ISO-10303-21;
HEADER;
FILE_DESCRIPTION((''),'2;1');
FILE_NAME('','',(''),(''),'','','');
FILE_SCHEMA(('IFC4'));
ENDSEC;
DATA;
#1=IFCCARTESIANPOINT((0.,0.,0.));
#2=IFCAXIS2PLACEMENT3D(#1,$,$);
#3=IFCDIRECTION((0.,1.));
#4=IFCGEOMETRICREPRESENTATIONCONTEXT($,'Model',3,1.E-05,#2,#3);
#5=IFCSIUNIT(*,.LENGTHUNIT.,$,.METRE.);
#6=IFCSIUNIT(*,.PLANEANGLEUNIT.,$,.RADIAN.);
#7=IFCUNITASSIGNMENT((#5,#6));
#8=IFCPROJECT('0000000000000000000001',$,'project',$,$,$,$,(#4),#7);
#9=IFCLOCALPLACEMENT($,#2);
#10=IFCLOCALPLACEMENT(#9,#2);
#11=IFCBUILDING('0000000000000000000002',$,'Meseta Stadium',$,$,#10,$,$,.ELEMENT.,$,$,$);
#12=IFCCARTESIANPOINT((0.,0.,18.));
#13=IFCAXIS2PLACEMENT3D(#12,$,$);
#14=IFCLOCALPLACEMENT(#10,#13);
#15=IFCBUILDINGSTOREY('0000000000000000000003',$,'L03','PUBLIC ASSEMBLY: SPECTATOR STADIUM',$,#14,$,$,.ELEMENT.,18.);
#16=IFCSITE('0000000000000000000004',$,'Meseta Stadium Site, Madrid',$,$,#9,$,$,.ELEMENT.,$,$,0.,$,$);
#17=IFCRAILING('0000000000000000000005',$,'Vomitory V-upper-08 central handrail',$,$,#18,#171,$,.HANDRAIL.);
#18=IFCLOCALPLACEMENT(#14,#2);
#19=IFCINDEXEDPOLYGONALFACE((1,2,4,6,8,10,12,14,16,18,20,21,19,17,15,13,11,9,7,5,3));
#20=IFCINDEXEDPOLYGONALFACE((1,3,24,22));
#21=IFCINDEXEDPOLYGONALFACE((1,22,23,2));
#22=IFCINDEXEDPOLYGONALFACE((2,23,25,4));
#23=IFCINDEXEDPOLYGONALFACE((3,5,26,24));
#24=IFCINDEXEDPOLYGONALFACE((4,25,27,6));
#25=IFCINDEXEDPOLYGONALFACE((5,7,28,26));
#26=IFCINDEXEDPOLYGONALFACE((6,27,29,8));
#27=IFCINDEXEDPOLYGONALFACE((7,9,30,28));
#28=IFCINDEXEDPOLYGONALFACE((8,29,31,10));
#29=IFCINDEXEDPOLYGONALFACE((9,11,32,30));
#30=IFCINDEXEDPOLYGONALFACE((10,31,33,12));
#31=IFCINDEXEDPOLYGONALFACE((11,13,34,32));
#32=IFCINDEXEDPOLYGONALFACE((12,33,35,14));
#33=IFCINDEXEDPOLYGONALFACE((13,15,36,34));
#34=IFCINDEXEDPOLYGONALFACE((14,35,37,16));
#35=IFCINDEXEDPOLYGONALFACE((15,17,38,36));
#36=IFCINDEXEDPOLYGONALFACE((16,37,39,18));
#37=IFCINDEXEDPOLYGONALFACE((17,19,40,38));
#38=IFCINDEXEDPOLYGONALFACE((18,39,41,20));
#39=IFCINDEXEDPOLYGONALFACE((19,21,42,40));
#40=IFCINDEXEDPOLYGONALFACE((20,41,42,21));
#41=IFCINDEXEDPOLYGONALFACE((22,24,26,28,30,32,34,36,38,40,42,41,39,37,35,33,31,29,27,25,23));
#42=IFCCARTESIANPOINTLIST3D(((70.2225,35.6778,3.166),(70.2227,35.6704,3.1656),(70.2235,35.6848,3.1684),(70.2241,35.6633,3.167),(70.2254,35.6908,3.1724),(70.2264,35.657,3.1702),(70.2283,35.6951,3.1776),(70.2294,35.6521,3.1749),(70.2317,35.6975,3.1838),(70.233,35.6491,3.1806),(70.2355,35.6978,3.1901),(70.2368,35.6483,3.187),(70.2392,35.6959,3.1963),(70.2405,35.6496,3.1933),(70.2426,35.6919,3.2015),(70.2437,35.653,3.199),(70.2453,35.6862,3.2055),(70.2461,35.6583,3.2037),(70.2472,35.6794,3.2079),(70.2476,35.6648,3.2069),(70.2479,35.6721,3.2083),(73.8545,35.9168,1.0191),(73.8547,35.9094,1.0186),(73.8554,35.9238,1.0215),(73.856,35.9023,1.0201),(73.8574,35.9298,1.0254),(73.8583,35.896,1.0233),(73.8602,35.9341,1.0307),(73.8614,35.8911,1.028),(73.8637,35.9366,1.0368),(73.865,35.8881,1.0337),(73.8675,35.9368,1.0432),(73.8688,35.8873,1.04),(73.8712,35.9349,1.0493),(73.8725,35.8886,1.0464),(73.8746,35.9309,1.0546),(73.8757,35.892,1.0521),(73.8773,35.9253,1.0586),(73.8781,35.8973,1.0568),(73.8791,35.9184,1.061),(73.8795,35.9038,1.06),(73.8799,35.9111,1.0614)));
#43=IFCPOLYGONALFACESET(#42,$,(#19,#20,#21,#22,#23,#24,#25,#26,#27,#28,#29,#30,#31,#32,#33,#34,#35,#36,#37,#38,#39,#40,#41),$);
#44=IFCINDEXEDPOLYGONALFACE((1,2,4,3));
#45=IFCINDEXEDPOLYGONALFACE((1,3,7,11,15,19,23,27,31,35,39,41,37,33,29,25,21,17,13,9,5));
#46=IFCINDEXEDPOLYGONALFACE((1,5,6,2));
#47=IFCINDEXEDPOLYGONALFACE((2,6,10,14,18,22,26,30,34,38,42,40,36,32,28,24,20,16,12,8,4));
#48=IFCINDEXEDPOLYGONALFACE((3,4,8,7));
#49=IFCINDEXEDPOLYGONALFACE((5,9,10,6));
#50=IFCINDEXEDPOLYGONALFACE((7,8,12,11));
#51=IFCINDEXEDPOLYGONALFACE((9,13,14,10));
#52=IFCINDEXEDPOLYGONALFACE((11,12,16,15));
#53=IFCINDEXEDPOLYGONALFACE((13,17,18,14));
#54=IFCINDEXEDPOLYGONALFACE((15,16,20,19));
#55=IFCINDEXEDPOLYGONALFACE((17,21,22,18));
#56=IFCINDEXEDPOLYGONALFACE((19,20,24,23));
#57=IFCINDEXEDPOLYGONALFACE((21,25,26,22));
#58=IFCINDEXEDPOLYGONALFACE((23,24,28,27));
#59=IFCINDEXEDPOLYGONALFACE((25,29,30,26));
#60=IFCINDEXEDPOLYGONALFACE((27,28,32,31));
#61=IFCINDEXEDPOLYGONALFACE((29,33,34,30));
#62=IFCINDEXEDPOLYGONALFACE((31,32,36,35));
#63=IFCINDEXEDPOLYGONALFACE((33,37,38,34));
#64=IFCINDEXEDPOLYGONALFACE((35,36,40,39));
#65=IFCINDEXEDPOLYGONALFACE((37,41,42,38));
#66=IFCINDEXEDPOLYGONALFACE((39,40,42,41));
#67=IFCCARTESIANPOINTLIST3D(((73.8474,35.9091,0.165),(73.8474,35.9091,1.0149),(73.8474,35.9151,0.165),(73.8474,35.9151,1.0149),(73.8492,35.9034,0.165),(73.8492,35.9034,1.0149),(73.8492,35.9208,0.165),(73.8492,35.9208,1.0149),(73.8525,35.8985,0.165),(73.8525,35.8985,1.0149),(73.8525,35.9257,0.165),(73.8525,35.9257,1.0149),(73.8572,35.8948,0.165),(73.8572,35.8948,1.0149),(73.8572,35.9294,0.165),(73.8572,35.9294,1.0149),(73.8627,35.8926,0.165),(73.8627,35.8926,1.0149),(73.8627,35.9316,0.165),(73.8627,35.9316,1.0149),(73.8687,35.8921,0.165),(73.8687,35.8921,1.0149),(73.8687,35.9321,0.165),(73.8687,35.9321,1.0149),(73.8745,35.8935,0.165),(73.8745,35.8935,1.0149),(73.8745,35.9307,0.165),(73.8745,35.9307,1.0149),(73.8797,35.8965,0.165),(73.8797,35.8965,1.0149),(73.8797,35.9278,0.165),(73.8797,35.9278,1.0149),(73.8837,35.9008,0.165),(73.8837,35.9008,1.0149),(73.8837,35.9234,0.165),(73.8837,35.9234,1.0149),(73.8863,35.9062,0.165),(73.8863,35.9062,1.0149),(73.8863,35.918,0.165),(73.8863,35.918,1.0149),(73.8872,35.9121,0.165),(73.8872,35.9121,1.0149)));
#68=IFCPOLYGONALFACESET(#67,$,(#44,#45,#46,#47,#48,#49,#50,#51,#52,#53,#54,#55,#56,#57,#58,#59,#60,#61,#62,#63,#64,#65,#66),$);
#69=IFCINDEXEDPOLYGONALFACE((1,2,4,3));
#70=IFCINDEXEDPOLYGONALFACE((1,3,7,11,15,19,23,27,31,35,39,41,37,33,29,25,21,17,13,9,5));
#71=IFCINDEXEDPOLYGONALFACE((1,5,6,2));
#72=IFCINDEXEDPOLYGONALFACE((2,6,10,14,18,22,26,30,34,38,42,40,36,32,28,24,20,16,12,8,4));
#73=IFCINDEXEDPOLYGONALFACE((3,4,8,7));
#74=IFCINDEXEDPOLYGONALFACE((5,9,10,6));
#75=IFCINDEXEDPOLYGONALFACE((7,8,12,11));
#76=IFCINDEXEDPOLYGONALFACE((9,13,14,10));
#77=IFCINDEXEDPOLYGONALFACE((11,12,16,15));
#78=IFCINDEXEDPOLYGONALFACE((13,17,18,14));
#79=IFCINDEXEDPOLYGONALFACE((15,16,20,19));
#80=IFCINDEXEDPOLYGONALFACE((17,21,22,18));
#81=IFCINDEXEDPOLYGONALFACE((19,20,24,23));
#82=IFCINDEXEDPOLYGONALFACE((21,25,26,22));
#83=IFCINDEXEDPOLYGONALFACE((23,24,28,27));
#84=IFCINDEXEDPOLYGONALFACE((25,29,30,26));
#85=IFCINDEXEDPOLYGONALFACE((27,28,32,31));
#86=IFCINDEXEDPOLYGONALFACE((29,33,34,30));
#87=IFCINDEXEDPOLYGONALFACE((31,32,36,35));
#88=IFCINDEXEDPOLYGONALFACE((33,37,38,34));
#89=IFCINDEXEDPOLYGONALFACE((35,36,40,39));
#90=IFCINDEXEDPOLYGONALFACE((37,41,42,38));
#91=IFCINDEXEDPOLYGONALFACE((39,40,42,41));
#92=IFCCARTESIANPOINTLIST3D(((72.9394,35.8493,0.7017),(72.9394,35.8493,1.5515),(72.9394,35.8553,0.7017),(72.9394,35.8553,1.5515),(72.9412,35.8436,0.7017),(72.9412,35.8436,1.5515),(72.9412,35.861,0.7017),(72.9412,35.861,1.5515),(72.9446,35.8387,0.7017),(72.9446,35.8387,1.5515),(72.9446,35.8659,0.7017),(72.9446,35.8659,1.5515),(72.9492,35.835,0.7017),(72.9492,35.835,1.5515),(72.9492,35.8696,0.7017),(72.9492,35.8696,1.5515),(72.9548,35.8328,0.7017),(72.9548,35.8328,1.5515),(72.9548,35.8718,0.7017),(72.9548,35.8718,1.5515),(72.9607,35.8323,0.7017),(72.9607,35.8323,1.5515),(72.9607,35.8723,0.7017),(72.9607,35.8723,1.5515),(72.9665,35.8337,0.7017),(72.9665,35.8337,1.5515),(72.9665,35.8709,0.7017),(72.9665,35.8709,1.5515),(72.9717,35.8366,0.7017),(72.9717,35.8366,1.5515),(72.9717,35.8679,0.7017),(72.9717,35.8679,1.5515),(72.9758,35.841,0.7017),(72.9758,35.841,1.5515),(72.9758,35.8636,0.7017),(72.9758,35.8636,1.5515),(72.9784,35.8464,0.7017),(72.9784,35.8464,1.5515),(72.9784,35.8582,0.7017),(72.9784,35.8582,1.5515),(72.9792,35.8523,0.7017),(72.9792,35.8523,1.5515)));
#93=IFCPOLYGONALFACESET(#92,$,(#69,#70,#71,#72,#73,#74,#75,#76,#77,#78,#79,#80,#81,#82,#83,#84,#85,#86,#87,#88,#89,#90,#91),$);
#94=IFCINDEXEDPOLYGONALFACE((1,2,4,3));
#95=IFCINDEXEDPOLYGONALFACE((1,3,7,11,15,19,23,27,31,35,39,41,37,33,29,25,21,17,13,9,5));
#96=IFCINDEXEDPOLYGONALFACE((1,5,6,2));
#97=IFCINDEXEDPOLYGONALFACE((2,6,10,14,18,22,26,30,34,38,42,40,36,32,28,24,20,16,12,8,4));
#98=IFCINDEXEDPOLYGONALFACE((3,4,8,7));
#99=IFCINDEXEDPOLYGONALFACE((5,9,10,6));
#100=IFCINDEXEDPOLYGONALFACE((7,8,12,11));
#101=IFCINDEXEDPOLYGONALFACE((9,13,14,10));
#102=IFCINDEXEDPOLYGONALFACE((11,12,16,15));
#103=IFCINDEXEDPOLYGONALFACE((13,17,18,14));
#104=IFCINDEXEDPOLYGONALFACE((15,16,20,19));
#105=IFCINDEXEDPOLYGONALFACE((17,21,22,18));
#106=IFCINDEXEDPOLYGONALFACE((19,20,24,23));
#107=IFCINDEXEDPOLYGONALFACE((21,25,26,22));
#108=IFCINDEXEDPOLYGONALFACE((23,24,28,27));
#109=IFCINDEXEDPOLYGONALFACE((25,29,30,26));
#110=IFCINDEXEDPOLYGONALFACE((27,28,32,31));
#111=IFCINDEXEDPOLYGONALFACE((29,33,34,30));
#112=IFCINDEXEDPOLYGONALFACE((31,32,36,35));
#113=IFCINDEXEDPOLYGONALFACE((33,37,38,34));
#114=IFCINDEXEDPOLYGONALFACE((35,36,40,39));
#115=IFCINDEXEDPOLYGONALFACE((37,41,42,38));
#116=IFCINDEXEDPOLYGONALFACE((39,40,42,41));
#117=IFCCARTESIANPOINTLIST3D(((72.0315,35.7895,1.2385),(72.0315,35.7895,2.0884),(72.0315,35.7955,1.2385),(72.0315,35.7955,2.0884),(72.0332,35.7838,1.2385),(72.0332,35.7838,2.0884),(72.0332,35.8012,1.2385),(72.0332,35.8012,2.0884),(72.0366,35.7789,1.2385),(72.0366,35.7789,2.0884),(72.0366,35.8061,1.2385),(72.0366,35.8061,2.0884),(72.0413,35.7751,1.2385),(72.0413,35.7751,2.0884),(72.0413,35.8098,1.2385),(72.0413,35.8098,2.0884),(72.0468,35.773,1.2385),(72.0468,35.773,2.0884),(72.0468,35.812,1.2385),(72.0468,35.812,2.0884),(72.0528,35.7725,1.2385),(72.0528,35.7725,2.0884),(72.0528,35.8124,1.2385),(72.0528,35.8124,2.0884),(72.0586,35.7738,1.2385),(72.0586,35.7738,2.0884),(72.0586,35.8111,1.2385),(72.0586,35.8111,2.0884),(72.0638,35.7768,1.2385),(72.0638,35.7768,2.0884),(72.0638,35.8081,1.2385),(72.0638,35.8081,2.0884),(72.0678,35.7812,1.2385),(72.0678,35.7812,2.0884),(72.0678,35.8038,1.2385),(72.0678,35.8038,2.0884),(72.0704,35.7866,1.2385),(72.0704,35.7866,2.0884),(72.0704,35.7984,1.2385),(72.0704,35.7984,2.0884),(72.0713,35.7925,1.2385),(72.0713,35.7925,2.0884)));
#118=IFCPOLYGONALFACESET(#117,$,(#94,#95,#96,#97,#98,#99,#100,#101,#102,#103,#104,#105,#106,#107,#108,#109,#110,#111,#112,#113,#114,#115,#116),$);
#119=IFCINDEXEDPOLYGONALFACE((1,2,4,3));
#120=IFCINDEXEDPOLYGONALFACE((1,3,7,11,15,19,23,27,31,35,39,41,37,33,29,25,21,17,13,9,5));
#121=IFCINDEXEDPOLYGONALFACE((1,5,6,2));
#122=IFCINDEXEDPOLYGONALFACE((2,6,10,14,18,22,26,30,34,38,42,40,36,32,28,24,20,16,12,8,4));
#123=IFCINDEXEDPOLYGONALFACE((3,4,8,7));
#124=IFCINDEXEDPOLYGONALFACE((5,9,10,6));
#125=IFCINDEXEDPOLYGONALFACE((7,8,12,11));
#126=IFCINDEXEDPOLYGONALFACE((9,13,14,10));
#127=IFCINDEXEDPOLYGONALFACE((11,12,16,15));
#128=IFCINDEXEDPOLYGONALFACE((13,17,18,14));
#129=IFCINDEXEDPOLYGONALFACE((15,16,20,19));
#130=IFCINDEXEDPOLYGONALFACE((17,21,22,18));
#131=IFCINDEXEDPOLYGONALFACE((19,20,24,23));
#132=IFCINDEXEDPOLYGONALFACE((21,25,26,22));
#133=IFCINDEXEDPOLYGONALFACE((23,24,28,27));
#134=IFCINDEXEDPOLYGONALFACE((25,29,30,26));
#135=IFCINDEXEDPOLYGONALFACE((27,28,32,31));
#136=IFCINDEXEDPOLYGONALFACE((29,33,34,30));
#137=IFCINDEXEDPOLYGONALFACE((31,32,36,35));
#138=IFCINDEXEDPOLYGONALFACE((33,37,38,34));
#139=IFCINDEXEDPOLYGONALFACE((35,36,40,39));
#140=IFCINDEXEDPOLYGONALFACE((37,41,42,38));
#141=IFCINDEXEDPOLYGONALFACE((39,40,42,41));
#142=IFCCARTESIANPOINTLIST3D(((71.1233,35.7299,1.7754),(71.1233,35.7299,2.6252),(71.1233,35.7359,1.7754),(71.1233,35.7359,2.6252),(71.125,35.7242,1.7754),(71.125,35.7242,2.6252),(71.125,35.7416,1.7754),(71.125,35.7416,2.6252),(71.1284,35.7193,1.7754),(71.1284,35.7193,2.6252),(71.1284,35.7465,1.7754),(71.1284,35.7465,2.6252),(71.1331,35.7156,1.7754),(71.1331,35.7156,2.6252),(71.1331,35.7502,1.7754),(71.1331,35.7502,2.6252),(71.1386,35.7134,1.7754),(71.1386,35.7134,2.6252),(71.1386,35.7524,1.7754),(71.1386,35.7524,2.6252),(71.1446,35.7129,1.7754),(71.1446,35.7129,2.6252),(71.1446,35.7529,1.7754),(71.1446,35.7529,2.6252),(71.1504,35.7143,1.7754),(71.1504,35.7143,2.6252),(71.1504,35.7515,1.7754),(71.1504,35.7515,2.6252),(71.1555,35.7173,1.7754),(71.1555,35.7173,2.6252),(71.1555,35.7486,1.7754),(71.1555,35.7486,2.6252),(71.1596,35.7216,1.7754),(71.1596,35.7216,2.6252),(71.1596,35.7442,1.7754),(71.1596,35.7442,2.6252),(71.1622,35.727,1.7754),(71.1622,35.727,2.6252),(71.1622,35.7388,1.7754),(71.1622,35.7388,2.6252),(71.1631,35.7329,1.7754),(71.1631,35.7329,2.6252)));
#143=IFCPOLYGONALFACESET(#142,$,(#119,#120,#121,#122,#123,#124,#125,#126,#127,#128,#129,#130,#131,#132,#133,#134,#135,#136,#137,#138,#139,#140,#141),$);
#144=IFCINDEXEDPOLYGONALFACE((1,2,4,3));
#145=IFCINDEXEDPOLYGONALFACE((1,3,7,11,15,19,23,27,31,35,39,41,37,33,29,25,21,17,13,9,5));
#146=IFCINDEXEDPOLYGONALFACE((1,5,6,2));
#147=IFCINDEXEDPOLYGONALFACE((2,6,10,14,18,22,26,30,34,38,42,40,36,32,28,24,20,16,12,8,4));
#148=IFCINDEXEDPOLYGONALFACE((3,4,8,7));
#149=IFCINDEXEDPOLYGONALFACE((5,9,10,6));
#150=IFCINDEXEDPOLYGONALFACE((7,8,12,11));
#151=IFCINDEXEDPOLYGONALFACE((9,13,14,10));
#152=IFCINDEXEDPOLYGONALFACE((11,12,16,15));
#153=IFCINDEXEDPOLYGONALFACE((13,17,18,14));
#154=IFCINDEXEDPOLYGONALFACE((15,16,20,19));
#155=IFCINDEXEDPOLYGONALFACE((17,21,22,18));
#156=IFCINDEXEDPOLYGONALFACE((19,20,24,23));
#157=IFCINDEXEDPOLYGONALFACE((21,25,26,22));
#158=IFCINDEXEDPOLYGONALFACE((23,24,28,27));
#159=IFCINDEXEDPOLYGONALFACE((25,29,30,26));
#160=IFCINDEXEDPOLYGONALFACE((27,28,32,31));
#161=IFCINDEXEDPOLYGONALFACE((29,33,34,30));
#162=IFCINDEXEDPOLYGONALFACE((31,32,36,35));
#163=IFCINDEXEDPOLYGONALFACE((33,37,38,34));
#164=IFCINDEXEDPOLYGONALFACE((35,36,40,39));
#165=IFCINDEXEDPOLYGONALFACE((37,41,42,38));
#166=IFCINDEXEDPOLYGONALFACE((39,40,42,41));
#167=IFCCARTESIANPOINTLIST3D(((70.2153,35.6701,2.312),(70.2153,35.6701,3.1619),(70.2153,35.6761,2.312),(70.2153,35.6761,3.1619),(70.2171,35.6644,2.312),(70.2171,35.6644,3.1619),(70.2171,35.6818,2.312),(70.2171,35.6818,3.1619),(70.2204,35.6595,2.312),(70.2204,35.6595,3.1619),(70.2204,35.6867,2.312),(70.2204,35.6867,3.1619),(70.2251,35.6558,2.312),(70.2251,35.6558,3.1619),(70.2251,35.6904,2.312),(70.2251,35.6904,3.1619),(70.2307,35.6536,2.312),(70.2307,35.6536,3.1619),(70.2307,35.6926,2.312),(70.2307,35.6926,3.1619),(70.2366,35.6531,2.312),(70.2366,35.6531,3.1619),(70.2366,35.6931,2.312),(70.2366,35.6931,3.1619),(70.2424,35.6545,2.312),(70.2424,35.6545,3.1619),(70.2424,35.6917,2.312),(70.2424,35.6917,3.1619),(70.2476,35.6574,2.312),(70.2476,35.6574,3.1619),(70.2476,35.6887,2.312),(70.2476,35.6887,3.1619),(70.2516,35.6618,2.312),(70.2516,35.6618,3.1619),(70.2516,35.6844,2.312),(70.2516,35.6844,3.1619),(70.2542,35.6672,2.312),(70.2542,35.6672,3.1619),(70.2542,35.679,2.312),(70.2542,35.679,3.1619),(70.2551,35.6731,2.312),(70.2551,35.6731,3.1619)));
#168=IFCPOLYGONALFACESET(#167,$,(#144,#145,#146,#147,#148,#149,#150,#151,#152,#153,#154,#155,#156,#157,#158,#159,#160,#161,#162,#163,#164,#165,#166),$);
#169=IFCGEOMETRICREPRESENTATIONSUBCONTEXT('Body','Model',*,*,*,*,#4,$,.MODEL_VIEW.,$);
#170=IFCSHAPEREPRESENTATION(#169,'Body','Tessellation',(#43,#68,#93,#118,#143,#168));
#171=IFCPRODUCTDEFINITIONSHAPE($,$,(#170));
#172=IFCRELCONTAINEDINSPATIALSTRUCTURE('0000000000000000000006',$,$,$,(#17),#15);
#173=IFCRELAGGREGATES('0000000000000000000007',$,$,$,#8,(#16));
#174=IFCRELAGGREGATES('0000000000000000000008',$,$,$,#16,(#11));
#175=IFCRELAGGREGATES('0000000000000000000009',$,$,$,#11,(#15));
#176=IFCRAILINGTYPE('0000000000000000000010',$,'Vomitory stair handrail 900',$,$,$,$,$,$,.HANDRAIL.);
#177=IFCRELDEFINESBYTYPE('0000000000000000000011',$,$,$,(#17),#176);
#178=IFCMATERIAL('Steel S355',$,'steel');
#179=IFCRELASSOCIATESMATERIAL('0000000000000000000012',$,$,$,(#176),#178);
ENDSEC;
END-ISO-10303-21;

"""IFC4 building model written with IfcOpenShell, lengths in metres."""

from ifc_helpers import new_model, si_unit, direction, frame, origin, origin_2d, place, context, subcontext, project, spatial, circle, extrude, material, type_object, element, save


model = new_model("IFC4")

# Units and contexts
model_context = context("Model", 3, precision=1e-05, world=origin(), true_north=direction((0.0, 1.0)))
body_context = subcontext(model_context, "Body", "Model", "MODEL_VIEW")
ifc_project = project(units=[si_unit("LENGTHUNIT", "METRE"), si_unit("PLANEANGLEUNIT", "RADIAN")], contexts=[model_context])

# Site, building, storey
site_placement = place(None, origin())
site = spatial("IfcSite", under=ifc_project, at=site_placement, Name="Meseta Stadium Site, Madrid", CompositionType="ELEMENT", RefElevation=0.0)
building_placement = place(site_placement, origin())
building = spatial("IfcBuilding", under=site, at=building_placement, Name="Meseta Stadium", CompositionType="ELEMENT")
storey_placement = place(building_placement, frame((0.0, 0.0, 18.0)))
storey = spatial("IfcBuildingStorey", under=building, at=storey_placement, Name="L03", Description="PUBLIC ASSEMBLY: SPECTATOR STADIUM", CompositionType="ELEMENT", Elevation=18.0)

# Railing
ifc_material_1 = material(Name="Steel S355", Category="steel")
railing_type_1 = type_object("IfcRailingType", Name="Vomitory stair handrail 900", PredefinedType="HANDRAIL", material=ifc_material_1)
railing_1_placement = place(storey_placement, frame((73.8672, 35.9121, 0.165)))
element("IfcRailing", 1, at=railing_1_placement, inside=storey, type_object=railing_type_1, Name="Vomitory V-upper-08 central handrail", PredefinedType="HANDRAIL", context=body_context, shape_type="SweptSolid", body=[
    extrude(circle(Radius=0.0249, at=origin_2d()), frame((0.0, 0.0, 0.875), z_axis=(-0.859471, -0.056559, 0.508045), x_axis=(0.065664, -0.997842, 0.0)), (0.0, 0.0, 1.0), 4.2258),
    extrude(circle(Radius=0.02, at=origin_2d()), origin(), (0.0, 0.0, 1.0), 0.8499),
    extrude(circle(Radius=0.02, at=origin_2d()), frame((-0.908, -0.0598, 0.5366)), (0.0, 0.0, 1.0), 0.8499),
    extrude(circle(Radius=0.02, at=origin_2d()), frame((-1.8159, -0.1196, 1.0735)), (0.0, 0.0, 1.0), 0.8499),
    extrude(circle(Radius=0.02, at=origin_2d()), frame((-2.7241, -0.1792, 1.6104)), (0.0, 0.0, 1.0), 0.8499),
    extrude(circle(Radius=0.02, at=origin_2d()), frame((-3.6321, -0.239, 2.147)), (0.0, 0.0, 1.0), 0.8499),
])

save(model, "model.ifc")
